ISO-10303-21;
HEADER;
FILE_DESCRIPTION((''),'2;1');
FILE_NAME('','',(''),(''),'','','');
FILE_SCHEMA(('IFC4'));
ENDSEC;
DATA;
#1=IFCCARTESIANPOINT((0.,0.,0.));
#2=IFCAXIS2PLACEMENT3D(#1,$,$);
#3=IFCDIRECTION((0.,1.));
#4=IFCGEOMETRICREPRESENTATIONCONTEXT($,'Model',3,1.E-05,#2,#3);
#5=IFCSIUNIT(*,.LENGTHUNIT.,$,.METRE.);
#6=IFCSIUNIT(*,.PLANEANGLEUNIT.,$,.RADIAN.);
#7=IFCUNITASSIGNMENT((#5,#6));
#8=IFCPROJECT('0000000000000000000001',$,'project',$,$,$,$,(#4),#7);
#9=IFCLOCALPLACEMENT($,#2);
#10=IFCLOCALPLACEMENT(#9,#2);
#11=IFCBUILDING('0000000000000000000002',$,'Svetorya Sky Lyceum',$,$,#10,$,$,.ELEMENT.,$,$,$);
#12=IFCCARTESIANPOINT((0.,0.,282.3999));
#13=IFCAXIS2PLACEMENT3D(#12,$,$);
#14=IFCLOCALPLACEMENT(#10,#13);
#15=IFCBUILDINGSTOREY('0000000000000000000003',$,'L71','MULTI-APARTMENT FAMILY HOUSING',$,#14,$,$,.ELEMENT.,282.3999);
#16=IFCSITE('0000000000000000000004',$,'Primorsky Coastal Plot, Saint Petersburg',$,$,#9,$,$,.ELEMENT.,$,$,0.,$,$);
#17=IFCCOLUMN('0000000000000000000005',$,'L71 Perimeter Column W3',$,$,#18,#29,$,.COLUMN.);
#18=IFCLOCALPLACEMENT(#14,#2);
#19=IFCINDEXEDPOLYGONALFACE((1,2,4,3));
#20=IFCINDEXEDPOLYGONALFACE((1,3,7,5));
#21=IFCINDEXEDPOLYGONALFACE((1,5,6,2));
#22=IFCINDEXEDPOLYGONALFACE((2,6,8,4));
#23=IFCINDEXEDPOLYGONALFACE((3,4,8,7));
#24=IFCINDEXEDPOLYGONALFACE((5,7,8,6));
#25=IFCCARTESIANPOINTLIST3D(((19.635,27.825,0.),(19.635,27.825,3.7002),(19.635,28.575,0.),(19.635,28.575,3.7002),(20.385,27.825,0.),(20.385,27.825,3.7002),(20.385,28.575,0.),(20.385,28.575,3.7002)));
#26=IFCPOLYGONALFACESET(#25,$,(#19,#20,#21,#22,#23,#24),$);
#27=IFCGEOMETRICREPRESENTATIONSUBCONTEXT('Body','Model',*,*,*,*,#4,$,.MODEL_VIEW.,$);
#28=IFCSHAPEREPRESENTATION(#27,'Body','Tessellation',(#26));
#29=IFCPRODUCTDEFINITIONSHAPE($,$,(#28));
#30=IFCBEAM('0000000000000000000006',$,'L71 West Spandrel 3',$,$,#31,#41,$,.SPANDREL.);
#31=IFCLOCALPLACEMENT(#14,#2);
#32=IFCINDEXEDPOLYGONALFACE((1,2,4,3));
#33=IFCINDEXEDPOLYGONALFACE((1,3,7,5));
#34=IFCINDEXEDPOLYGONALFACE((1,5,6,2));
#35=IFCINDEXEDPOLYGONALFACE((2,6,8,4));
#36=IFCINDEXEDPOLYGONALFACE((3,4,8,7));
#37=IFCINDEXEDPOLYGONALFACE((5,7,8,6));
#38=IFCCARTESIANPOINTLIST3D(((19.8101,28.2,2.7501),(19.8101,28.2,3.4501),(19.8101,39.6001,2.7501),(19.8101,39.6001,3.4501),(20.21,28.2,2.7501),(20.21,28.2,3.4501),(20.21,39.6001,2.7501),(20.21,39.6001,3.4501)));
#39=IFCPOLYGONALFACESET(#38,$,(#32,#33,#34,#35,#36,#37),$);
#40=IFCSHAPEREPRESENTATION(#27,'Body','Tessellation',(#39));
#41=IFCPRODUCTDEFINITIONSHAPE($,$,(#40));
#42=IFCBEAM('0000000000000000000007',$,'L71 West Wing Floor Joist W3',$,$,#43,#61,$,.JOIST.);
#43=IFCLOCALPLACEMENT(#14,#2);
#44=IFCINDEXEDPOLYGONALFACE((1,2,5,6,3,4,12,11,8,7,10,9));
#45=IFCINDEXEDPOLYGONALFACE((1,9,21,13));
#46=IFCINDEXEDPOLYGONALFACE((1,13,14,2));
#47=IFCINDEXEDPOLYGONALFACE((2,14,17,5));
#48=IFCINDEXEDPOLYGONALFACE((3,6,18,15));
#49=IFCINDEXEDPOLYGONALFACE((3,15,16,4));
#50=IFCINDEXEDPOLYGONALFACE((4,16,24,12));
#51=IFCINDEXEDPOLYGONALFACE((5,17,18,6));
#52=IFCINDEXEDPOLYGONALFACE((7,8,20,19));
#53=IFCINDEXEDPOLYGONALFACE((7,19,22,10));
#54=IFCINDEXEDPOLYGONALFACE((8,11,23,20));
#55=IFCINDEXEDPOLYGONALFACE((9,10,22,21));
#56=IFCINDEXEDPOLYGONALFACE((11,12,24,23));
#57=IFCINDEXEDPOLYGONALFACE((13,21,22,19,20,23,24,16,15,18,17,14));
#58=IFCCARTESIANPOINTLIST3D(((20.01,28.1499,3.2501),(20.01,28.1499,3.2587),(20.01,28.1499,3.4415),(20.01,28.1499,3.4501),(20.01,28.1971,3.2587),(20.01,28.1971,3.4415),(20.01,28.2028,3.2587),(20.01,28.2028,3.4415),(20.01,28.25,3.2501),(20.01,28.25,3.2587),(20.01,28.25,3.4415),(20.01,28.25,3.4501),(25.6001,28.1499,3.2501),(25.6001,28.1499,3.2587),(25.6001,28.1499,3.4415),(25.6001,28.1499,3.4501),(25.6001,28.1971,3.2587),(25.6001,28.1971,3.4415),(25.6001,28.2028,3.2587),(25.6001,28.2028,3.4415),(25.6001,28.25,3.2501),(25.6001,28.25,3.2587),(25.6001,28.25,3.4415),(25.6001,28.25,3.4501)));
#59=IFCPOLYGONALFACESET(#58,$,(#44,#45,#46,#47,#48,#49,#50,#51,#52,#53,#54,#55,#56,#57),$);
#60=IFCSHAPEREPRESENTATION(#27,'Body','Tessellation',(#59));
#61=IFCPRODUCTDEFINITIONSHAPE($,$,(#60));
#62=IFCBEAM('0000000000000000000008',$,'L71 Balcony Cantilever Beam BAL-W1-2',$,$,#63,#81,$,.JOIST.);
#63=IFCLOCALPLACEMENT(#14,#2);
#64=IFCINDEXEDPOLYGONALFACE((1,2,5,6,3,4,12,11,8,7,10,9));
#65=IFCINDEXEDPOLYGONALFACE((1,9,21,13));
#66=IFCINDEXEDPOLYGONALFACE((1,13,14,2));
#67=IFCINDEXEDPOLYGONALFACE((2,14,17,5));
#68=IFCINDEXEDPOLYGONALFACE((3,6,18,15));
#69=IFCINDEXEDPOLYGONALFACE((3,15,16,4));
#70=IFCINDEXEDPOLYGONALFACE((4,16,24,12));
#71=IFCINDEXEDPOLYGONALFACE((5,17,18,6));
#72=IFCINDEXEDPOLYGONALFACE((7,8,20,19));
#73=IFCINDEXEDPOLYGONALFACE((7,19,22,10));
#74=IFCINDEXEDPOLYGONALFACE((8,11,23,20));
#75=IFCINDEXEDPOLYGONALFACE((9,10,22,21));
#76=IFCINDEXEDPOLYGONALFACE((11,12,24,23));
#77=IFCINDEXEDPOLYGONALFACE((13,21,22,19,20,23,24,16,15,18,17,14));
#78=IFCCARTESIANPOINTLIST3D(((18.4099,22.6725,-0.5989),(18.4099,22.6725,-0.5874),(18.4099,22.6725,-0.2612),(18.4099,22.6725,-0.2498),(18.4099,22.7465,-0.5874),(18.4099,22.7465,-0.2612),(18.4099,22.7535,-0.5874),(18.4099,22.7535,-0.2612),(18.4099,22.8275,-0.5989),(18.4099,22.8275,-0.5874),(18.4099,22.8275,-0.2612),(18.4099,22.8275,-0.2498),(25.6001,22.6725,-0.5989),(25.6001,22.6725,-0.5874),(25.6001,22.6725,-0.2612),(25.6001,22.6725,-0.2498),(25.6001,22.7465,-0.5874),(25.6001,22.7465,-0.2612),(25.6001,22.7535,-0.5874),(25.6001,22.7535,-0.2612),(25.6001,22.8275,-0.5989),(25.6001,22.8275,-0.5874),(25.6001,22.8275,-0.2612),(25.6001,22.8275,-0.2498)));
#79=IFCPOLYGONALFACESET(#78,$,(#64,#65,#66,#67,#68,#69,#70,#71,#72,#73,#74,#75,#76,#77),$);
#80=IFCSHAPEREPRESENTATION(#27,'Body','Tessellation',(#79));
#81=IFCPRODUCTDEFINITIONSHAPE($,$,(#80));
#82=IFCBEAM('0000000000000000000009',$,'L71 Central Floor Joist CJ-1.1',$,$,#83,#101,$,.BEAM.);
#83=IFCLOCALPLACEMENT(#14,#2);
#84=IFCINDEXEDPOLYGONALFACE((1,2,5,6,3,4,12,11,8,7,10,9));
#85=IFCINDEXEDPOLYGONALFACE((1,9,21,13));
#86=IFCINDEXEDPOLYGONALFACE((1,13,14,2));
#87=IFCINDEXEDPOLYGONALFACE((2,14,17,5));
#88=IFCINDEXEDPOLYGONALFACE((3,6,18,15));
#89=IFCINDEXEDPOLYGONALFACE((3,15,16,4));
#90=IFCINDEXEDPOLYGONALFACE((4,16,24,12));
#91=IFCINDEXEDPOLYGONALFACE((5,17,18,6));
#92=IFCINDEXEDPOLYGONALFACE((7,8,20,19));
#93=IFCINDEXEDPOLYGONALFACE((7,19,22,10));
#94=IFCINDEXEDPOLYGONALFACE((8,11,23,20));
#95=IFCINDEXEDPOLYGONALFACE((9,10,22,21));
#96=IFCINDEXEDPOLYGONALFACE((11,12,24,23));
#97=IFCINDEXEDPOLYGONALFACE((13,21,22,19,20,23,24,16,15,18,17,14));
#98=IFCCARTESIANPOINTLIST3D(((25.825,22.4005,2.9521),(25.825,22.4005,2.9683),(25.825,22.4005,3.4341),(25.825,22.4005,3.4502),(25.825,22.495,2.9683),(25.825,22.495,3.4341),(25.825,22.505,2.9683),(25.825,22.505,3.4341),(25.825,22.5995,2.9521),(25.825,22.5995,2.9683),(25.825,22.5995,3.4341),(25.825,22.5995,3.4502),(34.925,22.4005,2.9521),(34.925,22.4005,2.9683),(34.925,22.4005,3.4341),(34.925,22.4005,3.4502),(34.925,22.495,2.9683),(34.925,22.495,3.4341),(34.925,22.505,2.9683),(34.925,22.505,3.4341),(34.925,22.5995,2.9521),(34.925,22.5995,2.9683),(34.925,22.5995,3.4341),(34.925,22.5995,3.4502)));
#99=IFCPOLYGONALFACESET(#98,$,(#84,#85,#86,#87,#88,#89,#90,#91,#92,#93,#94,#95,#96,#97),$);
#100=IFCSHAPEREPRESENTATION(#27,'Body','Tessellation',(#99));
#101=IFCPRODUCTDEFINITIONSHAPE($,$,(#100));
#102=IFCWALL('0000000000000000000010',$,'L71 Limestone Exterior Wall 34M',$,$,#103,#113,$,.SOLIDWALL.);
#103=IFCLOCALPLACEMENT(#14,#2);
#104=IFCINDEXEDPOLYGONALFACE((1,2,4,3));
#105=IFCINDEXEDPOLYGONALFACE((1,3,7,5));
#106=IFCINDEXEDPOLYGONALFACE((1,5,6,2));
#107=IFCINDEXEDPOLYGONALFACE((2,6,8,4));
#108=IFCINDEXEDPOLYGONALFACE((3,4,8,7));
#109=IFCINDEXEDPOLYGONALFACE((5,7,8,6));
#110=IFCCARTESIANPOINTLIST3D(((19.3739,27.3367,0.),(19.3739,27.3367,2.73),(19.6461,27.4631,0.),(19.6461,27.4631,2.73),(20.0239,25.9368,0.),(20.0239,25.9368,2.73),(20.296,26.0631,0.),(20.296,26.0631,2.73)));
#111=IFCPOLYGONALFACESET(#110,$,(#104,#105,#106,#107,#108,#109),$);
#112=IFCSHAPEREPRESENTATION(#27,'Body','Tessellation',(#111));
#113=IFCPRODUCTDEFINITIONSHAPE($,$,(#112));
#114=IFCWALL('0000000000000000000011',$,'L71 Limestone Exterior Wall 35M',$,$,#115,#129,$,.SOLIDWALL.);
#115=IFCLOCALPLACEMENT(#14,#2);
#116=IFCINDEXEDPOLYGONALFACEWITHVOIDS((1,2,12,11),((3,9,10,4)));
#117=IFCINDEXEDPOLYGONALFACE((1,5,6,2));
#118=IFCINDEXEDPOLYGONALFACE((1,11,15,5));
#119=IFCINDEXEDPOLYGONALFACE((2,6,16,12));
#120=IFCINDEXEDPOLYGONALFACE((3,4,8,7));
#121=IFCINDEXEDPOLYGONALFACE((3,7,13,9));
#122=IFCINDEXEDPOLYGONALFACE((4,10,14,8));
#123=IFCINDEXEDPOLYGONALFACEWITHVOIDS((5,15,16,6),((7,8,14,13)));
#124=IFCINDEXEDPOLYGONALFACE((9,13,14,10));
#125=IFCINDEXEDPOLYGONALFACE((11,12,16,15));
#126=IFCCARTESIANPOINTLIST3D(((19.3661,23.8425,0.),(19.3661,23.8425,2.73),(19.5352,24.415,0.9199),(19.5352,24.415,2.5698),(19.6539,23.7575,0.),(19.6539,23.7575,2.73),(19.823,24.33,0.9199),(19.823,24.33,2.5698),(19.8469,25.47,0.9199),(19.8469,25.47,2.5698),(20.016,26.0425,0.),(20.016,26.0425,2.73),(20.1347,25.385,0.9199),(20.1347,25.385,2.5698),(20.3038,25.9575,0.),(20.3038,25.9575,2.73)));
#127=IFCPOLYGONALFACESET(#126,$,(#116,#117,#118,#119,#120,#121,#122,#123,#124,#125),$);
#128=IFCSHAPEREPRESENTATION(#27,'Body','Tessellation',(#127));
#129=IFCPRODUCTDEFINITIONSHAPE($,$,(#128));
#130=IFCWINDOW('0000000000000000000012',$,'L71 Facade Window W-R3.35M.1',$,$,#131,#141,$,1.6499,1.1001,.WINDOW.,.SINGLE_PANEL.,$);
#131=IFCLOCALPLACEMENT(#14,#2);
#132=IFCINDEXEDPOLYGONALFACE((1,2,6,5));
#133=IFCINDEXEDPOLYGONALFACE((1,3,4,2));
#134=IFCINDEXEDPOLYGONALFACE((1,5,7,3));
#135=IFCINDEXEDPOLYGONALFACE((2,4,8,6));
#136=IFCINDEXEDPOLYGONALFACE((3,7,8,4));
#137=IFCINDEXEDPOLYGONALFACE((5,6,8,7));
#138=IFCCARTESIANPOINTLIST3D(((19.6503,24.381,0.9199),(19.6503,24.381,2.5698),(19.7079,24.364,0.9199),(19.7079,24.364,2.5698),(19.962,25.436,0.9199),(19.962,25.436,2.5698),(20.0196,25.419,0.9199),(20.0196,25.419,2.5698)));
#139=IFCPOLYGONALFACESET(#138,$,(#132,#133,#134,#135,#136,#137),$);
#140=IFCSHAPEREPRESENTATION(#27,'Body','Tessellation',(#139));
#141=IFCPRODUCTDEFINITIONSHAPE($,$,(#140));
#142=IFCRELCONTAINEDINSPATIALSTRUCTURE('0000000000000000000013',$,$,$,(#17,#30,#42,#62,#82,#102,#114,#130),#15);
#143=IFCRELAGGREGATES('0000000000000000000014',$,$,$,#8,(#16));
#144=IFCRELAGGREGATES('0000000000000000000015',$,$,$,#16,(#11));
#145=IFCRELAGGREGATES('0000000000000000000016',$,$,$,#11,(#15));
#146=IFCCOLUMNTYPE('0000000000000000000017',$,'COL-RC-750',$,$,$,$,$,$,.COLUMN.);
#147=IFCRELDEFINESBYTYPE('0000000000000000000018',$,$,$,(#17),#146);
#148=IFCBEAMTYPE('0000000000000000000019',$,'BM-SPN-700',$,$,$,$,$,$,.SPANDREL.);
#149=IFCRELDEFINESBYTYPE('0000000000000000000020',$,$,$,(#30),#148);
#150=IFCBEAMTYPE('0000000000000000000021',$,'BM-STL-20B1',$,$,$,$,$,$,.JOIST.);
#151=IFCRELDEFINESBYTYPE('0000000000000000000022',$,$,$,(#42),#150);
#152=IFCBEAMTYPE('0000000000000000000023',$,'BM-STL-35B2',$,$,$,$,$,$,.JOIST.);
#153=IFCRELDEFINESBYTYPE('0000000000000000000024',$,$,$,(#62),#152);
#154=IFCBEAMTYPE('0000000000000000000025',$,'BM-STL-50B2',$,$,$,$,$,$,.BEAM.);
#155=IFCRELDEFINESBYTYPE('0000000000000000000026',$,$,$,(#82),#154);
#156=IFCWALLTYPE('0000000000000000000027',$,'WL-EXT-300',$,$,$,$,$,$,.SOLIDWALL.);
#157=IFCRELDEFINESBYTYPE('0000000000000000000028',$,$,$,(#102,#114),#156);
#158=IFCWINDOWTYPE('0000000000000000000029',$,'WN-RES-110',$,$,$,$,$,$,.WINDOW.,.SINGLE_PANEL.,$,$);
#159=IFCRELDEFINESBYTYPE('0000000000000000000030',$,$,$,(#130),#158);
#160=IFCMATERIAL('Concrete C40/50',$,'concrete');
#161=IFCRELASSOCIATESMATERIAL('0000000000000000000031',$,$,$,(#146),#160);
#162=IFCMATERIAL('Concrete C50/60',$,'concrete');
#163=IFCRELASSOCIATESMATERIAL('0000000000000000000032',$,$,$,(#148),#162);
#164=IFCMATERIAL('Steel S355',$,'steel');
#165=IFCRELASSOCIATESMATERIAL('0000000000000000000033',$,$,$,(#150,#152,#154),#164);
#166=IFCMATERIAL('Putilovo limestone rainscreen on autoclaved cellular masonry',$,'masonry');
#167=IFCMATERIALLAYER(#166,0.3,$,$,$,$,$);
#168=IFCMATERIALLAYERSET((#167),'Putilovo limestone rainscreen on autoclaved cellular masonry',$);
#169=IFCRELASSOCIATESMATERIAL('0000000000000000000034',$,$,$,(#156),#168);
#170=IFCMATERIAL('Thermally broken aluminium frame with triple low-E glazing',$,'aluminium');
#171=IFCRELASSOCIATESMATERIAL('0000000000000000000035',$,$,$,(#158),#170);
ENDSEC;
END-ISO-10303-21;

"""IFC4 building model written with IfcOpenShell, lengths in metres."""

from ifc_helpers import new_model, si_unit, direction, frame, frame_2d, origin, origin_2d, place, context, subcontext, project, spatial, rectangle, i_section, extrude, material, layer, layer_set, material_profile, profile_set, type_object, element, fill, save


model = new_model("IFC4")

# Units and contexts
model_context = context("Model", 3, precision=1e-05, world=origin(), true_north=direction((0.0, 1.0)))
body_context = subcontext(model_context, "Body", "Model", "MODEL_VIEW")
ifc_project = project(units=[si_unit("LENGTHUNIT", "METRE"), si_unit("PLANEANGLEUNIT", "RADIAN")], contexts=[model_context])

# Site, building, storey
site_placement = place(None, origin())
site = spatial("IfcSite", under=ifc_project, at=site_placement, Name="Primorsky Coastal Plot, Saint Petersburg", CompositionType="ELEMENT", RefElevation=0.0)
building_placement = place(site_placement, origin())
building = spatial("IfcBuilding", under=site, at=building_placement, Name="Svetorya Sky Lyceum", CompositionType="ELEMENT")
storey_placement = place(building_placement, frame((0.0, 0.0, 282.3999)))
storey = spatial("IfcBuildingStorey", under=building, at=storey_placement, Name="L71", Description="MULTI-APARTMENT FAMILY HOUSING", CompositionType="ELEMENT", Elevation=282.3999)

# Column
ifc_material_1 = material(Name="Concrete C40/50", Category="concrete")
ifc_material_profile_1 = material_profile(ifc_material_1, rectangle(XDim=0.75, YDim=0.75, at=origin_2d()), Name="RC COL 750x750")
ifc_profile_set_1 = profile_set([ifc_material_profile_1], Name="Concrete C40/50")
column_type = type_object("IfcColumnType", Name="COL-RC-750", PredefinedType="COLUMN", material=ifc_profile_set_1)
column_placement = place(storey_placement, frame((20.01, 28.2, 0.0), z_axis=(0.0, 0.0, 1.0), x_axis=(1.0, 0.0, 0.0)))
element("IfcColumn", 1, at=column_placement, inside=storey, type_object=column_type, Name="L71 Perimeter Column W3", PredefinedType="COLUMN", context=body_context, shape_type="SweptSolid", body=[
    extrude(rectangle(XDim=0.75, YDim=0.75, at=origin_2d()), origin(), (0.0, 0.0, 1.0), 3.7002),
])

# Beams
ifc_material_2 = material(Name="Concrete C50/60", Category="concrete")
ifc_material_profile_2 = material_profile(ifc_material_2, rectangle(XDim=0.3999, YDim=0.7, at=origin_2d()), Name="RC SPANDREL 400x700")
ifc_profile_set_2 = profile_set([ifc_material_profile_2], Name="Concrete C50/60")
beam_type_1 = type_object("IfcBeamType", Name="BM-SPN-700", PredefinedType="SPANDREL", material=ifc_profile_set_2)
beam_1_placement = place(storey_placement, frame((20.01, 28.2, 3.1001), z_axis=(0.0, 1.0, 0.0), x_axis=(-1.0, 0.0, 0.0)))
element("IfcBeam", 2, at=beam_1_placement, inside=storey, type_object=beam_type_1, Name="L71 West Spandrel 3", PredefinedType="SPANDREL", context=body_context, shape_type="SweptSolid", body=[
    extrude(rectangle(XDim=0.3999, YDim=0.7, at=origin_2d()), origin(), (0.0, 0.0, 1.0), 11.4001),
])
ifc_material_3 = material(Name="Steel S355", Category="steel")
ifc_material_profile_3 = material_profile(ifc_material_3, i_section(OverallWidth=0.1001, OverallDepth=0.2, WebThickness=0.0056, FlangeThickness=0.0085, at=origin_2d()), Name="GOST 20B1")
ifc_profile_set_3 = profile_set([ifc_material_profile_3], Name="Steel S355")
beam_type_2 = type_object("IfcBeamType", Name="BM-STL-20B1", PredefinedType="JOIST", material=ifc_profile_set_3)
beam_2_placement = place(storey_placement, frame((20.01, 28.2, 3.3501), z_axis=(1.0, 0.0, 0.0), x_axis=(0.0, 1.0, 0.0)))
element("IfcBeam", 3, at=beam_2_placement, inside=storey, type_object=beam_type_2, Name="L71 West Wing Floor Joist W3", PredefinedType="JOIST", context=body_context, shape_type="SweptSolid", body=[
    extrude(i_section(OverallWidth=0.1001, OverallDepth=0.2, WebThickness=0.0056, FlangeThickness=0.0085, at=origin_2d()), origin(), (0.0, 0.0, 1.0), 5.5901),
])
ifc_material_profile_4 = material_profile(ifc_material_3, i_section(OverallWidth=0.155, OverallDepth=0.3491, WebThickness=0.0071, FlangeThickness=0.0115, at=origin_2d()), Name="GOST 35B2")
ifc_profile_set_4 = profile_set([ifc_material_profile_4], Name="Steel S355")
beam_type_3 = type_object("IfcBeamType", Name="BM-STL-35B2", PredefinedType="JOIST", material=ifc_profile_set_4)
beam_3_placement = place(storey_placement, frame((25.6001, 22.75, -0.4243), z_axis=(-1.0, 0.0, 0.0), x_axis=(0.0, -1.0, 0.0)))
element("IfcBeam", 4, at=beam_3_placement, inside=storey, type_object=beam_type_3, Name="L71 Balcony Cantilever Beam BAL-W1-2", PredefinedType="JOIST", context=body_context, shape_type="SweptSolid", body=[
    extrude(i_section(OverallWidth=0.155, OverallDepth=0.3491, WebThickness=0.0071, FlangeThickness=0.0115, at=origin_2d()), origin(), (0.0, 0.0, 1.0), 7.1902),
])
ifc_material_profile_5 = material_profile(ifc_material_3, i_section(OverallWidth=0.199, OverallDepth=0.498, WebThickness=0.01, FlangeThickness=0.0161, at=origin_2d()), Name="GOST 50B2")
ifc_profile_set_5 = profile_set([ifc_material_profile_5], Name="Steel S355")
beam_type_4 = type_object("IfcBeamType", Name="BM-STL-50B2", PredefinedType="BEAM", material=ifc_profile_set_5)
beam_4_placement = place(storey_placement, frame((25.825, 22.5, 3.2012), z_axis=(1.0, 0.0, 0.0), x_axis=(0.0, 1.0, 0.0)))
element("IfcBeam", 5, at=beam_4_placement, inside=storey, type_object=beam_type_4, Name="L71 Central Floor Joist CJ-1.1", PredefinedType="BEAM", context=body_context, shape_type="SweptSolid", body=[
    extrude(i_section(OverallWidth=0.199, OverallDepth=0.498, WebThickness=0.01, FlangeThickness=0.0161, at=origin_2d()), origin(), (0.0, 0.0, 1.0), 9.1001),
])

# Wall
ifc_material_4 = material(Name="Putilovo limestone rainscreen on autoclaved cellular masonry", Category="masonry")
ifc_layer_1 = layer(ifc_material_4, 0.3)
ifc_layer_set_1 = layer_set([ifc_layer_1], Name="Putilovo limestone rainscreen on autoclaved cellular masonry")
wall_type_1 = type_object("IfcWallType", Name="WL-EXT-300", PredefinedType="SOLIDWALL", material=ifc_layer_set_1)
wall_1_placement = place(storey_placement, frame((19.51, 27.3999, 0.0), z_axis=(0.0, 0.0, 1.0), x_axis=(0.421083, -0.907022, 0.0)))
element("IfcWall", 6, at=wall_1_placement, inside=storey, type_object=wall_type_1, Name="L71 Limestone Exterior Wall 34M", PredefinedType="SOLIDWALL", context=body_context, shape_type="SweptSolid", body=[
    extrude(rectangle(XDim=1.5435, YDim=0.3, at=frame_2d((0.7717, 0.0))), origin(), (0.0, 0.0, 1.0), 2.73),
])

# Wall, opening, window
wall_2_placement = place(storey_placement, frame((20.1599, 26.0, 0.0), z_axis=(0.0, 0.0, 1.0), x_axis=(-0.283313, -0.959028, 0.0)))
wall_2 = element("IfcWall", 7, at=wall_2_placement, inside=storey, type_object=wall_type_1, Name="L71 Limestone Exterior Wall 35M", PredefinedType="SOLIDWALL", context=body_context, shape_type="SweptSolid", body=[
    extrude(rectangle(XDim=2.2939, YDim=0.3, at=frame_2d((1.147, 0.0))), origin(), (0.0, 0.0, 1.0), 2.73),
])
opening_1_placement = place(wall_2_placement, frame((0.5969, 0.0, 0.9199)))
opening_1 = element("IfcOpeningElement", 8, at=opening_1_placement, cuts=wall_2, PredefinedType="OPENING", context=body_context, shape_type="SweptSolid", body=[
    extrude(rectangle(XDim=1.1001, YDim=1.6499, at=frame_2d((0.55, 0.825))), frame((0.0, 0.1599, 0.0), z_axis=(0.0, -1.0, 0.0), x_axis=(1.0, 0.0, 0.0)), (0.0, 0.0, 1.0), 0.3201),
])
ifc_material_5 = material(Name="Thermally broken aluminium frame with triple low-E glazing", Category="aluminium")
window_type_1 = type_object("IfcWindowType", Name="WN-RES-110", PartitioningType="SINGLE_PANEL", PredefinedType="WINDOW", material=ifc_material_5)
window_1_placement = place(opening_1_placement, origin())
window_1 = element("IfcWindow", 9, at=window_1_placement, inside=storey, type_object=window_type_1, Name="L71 Facade Window W-R3.35M.1", OverallHeight=1.6499, OverallWidth=1.1001, PartitioningType="SINGLE_PANEL", PredefinedType="WINDOW", context=body_context, shape_type="SweptSolid", body=[
    extrude(rectangle(XDim=1.1001, YDim=1.6499, at=frame_2d((0.55, 0.825))), frame((0.0, 0.03, 0.0), z_axis=(0.0, -1.0, 0.0), x_axis=(1.0, 0.0, 0.0)), (0.0, 0.0, 1.0), 0.0601),
])
fill(opening_1, window_1)

save(model, "model.ifc")
